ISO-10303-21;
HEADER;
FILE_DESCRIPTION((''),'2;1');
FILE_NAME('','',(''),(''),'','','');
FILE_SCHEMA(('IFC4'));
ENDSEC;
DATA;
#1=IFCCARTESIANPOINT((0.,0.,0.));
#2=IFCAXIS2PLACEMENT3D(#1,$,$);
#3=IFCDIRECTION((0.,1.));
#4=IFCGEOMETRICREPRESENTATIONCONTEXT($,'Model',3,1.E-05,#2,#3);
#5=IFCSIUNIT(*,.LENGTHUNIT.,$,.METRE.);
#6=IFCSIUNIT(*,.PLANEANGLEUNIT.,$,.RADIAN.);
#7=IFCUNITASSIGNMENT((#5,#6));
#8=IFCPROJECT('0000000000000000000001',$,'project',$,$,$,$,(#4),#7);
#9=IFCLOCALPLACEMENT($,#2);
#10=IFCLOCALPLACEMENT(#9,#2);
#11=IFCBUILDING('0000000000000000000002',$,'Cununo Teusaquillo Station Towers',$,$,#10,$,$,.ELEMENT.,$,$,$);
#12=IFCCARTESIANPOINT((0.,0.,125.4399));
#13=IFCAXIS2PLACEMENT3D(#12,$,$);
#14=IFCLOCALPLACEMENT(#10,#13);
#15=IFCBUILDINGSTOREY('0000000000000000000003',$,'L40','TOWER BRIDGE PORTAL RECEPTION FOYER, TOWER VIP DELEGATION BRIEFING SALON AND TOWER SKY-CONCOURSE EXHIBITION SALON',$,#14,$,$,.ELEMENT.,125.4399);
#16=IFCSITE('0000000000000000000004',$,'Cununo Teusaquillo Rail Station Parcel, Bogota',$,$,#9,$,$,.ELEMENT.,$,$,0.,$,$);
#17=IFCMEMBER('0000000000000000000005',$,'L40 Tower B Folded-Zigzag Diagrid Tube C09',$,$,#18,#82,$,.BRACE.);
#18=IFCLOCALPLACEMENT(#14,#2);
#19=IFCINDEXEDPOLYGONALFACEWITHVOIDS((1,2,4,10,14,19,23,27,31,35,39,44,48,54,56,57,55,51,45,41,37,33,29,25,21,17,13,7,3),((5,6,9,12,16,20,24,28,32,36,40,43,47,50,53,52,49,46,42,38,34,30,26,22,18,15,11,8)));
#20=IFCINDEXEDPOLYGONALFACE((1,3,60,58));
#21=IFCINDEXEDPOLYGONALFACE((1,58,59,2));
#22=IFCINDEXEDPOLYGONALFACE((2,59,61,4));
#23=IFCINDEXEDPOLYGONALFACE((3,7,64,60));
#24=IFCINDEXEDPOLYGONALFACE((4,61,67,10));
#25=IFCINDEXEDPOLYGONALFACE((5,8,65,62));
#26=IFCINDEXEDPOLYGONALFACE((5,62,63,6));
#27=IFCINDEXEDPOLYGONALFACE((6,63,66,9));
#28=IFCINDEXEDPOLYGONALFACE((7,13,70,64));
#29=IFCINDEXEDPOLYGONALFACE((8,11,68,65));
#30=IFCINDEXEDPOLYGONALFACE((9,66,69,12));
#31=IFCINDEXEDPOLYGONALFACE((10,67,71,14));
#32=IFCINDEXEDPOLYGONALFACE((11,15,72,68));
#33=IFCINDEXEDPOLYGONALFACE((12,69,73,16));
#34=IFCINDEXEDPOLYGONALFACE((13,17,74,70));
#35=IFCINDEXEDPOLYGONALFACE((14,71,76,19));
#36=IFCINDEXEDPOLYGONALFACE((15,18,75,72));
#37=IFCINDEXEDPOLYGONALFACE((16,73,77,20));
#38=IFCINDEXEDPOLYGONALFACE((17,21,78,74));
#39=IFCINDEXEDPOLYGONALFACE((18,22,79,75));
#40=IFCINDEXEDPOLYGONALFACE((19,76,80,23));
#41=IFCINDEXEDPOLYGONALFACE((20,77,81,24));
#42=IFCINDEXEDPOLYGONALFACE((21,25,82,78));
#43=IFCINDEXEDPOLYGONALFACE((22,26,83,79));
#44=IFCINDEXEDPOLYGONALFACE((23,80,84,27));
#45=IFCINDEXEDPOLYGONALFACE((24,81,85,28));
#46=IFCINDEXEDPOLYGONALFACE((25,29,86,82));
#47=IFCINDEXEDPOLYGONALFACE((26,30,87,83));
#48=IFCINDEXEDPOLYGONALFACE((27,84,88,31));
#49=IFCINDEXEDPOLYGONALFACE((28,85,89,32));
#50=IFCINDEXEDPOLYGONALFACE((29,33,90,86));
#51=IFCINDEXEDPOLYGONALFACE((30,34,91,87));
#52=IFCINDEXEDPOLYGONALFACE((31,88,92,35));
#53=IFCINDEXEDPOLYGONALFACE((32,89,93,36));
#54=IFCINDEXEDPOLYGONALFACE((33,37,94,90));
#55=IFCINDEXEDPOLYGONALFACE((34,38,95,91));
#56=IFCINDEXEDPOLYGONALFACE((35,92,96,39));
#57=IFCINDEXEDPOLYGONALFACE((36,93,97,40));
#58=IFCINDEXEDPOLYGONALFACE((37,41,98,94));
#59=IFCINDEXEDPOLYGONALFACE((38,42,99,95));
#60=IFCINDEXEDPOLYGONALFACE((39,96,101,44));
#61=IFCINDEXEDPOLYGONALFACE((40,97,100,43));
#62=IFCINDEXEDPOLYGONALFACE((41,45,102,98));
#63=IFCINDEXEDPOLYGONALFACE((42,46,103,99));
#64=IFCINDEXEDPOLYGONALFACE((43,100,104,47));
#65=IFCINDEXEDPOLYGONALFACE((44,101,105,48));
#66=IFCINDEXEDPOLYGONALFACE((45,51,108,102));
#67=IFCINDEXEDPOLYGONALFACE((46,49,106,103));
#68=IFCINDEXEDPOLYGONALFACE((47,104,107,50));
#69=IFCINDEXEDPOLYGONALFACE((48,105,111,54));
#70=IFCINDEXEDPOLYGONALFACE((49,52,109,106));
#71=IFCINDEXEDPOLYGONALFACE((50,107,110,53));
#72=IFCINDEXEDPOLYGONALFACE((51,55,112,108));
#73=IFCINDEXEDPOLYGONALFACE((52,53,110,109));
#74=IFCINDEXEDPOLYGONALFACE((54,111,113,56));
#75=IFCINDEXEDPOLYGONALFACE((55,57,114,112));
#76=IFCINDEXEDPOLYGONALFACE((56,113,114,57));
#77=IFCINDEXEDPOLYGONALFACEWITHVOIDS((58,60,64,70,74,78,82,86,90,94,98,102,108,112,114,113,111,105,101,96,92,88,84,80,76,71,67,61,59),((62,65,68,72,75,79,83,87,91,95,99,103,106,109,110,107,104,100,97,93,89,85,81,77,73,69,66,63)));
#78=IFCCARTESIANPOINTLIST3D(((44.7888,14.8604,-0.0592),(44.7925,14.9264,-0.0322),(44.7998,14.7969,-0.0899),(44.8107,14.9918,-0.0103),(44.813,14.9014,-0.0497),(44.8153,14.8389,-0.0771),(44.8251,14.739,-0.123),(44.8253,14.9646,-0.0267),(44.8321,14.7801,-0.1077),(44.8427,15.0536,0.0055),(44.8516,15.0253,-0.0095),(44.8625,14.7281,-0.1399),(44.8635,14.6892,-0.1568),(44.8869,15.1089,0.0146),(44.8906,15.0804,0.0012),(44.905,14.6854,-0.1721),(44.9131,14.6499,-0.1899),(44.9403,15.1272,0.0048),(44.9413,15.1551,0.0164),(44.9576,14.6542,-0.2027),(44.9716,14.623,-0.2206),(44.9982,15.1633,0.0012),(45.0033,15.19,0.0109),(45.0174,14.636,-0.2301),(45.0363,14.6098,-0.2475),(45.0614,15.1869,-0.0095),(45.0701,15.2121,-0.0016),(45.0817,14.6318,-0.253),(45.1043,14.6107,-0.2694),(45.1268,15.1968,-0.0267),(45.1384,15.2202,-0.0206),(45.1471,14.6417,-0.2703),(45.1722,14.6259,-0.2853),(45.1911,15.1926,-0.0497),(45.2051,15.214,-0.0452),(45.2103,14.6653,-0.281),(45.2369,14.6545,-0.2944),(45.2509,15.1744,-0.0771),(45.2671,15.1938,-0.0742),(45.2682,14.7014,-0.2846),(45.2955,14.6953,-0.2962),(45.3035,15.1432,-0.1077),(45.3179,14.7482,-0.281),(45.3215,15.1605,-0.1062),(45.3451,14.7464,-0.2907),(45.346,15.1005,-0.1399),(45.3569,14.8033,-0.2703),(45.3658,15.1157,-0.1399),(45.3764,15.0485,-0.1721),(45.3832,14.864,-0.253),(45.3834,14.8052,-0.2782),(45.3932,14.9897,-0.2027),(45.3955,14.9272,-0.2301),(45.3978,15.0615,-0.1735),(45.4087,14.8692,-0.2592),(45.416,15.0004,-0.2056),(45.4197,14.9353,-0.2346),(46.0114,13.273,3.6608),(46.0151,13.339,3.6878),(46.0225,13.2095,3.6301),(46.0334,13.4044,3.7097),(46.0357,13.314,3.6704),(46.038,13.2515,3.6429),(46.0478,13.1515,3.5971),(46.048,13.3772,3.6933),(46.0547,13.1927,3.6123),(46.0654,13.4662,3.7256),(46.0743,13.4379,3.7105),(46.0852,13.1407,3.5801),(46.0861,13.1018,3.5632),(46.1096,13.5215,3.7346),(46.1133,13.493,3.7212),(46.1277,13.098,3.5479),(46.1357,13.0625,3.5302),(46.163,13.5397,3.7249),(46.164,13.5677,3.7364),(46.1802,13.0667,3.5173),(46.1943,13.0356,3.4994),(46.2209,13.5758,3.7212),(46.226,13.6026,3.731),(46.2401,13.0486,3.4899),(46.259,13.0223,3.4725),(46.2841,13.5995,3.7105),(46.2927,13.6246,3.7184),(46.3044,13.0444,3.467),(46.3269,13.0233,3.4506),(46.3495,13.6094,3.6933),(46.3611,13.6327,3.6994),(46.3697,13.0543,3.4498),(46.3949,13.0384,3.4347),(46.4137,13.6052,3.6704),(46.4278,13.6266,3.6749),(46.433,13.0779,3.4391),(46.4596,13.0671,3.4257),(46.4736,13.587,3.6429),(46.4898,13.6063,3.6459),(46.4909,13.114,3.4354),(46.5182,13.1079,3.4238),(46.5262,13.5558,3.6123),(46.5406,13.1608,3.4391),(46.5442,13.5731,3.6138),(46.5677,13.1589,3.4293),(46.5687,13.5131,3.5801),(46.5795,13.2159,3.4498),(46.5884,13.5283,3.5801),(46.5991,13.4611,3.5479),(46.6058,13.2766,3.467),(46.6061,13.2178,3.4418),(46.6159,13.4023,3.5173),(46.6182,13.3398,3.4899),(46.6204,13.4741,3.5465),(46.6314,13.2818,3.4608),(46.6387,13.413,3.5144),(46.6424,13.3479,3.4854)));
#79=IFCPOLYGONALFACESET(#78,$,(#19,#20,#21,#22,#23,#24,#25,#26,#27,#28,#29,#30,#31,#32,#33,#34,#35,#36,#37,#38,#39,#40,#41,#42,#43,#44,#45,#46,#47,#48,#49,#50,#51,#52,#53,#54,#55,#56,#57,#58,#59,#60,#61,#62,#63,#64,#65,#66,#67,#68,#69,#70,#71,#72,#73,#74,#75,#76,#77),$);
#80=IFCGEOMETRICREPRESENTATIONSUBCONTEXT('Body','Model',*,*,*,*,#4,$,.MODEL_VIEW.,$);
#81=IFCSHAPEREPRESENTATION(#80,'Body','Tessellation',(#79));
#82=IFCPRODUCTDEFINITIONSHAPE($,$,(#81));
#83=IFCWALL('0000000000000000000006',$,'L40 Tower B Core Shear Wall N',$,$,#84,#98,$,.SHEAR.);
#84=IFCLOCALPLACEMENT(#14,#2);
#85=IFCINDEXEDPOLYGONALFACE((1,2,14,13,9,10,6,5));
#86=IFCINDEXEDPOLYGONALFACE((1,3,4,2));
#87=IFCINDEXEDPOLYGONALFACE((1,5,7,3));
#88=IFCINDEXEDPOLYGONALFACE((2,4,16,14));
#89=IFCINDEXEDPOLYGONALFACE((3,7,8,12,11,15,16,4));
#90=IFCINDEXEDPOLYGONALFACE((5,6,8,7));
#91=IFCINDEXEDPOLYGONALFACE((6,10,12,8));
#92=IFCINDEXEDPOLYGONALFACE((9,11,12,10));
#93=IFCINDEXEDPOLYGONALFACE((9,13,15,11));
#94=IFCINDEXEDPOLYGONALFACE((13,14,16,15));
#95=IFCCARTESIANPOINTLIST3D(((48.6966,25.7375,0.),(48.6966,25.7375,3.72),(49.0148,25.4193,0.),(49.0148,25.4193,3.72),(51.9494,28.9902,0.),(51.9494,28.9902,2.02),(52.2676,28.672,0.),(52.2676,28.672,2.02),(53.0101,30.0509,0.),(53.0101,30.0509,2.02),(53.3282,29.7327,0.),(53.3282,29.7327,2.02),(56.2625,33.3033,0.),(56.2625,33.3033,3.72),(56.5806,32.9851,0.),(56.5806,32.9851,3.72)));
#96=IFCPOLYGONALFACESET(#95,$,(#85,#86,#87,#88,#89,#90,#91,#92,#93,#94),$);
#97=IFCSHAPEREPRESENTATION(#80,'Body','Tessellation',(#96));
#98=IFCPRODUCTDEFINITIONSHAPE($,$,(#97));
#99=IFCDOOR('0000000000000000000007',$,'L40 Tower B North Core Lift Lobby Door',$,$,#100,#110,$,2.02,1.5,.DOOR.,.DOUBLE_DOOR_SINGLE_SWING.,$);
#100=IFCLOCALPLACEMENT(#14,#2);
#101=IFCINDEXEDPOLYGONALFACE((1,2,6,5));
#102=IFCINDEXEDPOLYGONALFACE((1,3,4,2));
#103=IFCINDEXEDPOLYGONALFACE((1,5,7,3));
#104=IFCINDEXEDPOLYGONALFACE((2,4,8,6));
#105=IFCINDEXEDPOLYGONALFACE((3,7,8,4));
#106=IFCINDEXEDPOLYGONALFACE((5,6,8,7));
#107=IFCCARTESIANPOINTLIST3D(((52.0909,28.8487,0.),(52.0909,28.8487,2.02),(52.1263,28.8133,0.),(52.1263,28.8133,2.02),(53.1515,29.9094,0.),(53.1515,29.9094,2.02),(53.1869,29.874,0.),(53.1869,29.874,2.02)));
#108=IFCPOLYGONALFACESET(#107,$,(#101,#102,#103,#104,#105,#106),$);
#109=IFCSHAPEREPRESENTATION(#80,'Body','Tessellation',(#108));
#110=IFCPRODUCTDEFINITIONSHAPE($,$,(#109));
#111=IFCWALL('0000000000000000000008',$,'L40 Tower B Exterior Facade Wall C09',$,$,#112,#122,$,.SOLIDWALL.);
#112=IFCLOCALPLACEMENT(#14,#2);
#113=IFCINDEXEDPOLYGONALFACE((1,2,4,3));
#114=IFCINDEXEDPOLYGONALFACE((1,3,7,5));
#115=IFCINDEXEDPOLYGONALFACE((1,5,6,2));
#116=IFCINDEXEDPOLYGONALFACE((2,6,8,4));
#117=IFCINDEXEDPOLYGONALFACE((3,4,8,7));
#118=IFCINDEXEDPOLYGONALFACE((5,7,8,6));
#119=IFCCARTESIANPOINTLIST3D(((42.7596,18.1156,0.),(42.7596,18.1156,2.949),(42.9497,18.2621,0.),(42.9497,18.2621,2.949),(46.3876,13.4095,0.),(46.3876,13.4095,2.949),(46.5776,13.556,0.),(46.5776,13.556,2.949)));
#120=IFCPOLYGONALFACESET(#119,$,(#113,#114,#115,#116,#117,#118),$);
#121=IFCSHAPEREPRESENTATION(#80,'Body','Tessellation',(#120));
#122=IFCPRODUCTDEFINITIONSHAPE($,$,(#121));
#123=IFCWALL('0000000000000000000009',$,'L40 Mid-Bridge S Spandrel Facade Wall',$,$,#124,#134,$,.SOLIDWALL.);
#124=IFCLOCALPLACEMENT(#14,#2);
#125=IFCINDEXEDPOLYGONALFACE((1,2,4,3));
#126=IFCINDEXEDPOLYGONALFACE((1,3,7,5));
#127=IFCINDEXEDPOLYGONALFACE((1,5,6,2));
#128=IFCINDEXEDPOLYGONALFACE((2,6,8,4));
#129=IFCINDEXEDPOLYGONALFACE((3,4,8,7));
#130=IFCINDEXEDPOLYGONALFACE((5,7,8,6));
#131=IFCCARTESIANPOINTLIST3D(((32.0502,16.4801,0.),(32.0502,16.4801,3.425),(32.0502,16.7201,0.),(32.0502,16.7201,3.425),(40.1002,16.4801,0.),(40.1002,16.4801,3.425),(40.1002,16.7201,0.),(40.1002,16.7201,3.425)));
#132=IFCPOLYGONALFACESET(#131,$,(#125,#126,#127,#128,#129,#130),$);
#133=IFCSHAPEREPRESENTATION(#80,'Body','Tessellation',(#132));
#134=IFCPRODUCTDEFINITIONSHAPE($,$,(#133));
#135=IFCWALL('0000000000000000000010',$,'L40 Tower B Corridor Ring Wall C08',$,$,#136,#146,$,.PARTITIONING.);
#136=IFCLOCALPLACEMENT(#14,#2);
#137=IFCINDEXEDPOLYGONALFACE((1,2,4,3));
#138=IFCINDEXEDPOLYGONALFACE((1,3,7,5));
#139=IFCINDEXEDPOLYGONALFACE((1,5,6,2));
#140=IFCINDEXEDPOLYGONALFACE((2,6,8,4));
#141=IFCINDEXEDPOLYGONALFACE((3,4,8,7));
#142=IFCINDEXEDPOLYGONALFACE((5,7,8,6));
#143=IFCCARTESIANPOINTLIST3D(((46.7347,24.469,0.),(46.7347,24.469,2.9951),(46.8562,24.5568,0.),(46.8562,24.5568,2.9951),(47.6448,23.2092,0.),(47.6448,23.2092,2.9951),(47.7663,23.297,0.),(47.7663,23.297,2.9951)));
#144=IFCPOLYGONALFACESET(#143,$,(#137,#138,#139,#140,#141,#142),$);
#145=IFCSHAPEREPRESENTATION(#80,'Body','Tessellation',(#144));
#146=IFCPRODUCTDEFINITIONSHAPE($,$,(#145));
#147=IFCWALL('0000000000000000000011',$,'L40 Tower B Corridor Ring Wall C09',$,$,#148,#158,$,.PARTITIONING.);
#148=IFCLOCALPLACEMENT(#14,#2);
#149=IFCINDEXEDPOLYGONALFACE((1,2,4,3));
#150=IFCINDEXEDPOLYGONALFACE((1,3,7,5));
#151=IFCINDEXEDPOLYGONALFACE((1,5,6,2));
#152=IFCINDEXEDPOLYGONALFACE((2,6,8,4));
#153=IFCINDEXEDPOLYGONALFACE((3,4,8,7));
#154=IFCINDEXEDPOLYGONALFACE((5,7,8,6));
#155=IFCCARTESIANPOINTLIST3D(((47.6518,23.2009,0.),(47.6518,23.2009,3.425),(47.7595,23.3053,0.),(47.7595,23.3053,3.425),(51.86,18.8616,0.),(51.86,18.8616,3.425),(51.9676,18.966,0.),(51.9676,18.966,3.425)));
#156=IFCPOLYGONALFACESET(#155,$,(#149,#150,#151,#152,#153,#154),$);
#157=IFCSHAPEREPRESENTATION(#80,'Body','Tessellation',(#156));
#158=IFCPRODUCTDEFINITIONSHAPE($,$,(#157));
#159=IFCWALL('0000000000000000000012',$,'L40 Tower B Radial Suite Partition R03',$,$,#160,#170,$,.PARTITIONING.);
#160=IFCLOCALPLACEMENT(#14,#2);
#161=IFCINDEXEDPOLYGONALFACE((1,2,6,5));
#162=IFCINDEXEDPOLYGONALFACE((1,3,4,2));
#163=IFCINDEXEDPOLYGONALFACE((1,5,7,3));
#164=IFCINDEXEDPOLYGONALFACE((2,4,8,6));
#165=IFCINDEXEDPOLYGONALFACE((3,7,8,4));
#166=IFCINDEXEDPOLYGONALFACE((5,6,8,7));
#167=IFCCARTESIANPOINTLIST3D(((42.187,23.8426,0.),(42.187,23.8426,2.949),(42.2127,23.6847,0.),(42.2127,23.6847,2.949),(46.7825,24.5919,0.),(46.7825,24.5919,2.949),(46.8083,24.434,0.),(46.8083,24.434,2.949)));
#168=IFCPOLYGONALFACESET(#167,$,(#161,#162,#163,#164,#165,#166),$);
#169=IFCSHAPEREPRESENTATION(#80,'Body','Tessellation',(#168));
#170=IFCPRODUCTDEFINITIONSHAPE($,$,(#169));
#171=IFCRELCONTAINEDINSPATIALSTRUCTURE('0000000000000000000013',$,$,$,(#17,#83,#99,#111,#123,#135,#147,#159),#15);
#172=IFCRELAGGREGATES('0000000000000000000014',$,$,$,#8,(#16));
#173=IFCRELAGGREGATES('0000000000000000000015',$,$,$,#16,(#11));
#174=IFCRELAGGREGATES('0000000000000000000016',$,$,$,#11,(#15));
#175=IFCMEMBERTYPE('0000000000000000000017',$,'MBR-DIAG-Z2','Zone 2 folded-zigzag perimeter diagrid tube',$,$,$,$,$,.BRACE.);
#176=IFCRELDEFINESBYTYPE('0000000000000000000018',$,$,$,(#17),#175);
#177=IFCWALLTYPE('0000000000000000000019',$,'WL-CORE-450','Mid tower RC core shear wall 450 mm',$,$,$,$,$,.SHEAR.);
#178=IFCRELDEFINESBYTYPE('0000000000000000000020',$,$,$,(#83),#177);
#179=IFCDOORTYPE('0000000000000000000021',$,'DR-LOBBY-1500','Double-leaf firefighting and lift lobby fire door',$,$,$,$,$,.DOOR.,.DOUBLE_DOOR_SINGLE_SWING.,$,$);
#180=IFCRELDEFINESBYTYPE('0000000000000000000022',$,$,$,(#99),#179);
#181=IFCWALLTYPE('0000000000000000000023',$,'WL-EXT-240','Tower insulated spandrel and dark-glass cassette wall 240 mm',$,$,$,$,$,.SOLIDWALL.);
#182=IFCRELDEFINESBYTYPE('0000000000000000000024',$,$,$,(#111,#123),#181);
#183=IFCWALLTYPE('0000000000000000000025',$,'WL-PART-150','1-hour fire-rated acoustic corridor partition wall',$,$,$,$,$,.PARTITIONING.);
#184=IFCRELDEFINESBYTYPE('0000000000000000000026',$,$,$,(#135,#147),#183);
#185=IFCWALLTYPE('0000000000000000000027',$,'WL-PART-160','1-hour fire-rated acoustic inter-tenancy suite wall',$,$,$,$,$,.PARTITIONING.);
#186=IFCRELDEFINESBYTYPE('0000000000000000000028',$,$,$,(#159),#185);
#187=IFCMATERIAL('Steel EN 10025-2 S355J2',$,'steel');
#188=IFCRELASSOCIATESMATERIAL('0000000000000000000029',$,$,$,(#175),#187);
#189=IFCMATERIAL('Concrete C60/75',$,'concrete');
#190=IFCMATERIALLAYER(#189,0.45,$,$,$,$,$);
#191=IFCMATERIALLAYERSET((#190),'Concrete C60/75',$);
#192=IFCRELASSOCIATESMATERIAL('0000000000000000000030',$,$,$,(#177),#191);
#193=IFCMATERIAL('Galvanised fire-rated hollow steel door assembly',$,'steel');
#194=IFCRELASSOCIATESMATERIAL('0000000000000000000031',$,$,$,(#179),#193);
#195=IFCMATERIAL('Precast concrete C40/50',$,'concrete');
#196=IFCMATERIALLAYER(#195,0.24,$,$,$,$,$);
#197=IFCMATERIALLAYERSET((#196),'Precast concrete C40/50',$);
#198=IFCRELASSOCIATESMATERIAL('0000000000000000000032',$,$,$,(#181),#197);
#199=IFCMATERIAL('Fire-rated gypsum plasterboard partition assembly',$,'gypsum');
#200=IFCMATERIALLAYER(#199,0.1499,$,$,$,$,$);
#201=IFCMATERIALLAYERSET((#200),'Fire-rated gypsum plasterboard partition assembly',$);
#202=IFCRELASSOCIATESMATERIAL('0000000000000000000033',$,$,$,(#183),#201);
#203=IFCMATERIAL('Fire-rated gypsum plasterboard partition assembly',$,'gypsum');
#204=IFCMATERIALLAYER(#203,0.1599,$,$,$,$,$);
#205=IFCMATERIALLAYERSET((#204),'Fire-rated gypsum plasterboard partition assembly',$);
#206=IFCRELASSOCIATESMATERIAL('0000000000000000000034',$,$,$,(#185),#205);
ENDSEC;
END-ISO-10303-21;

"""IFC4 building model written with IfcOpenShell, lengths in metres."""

from ifc_helpers import new_model, si_unit, direction, frame, frame_2d, origin, origin_2d, place, context, subcontext, project, spatial, rectangle, hollow_circle, extrude, source, transform, mapped, material, layer, layer_set, material_profile, profile_set, type_object, element, fill, save


model = new_model("IFC4")

# Units and contexts
model_context = context("Model", 3, precision=1e-05, world=origin(), true_north=direction((0.0, 1.0)))
body_context = subcontext(model_context, "Body", "Model", "MODEL_VIEW")
ifc_project = project(units=[si_unit("LENGTHUNIT", "METRE"), si_unit("PLANEANGLEUNIT", "RADIAN")], contexts=[model_context])

# Site, building, storey
site_placement = place(None, origin())
site = spatial("IfcSite", under=ifc_project, at=site_placement, Name="Cununo Teusaquillo Rail Station Parcel, Bogota", CompositionType="ELEMENT", RefElevation=0.0)
building_placement = place(site_placement, origin())
building = spatial("IfcBuilding", under=site, at=building_placement, Name="Cununo Teusaquillo Station Towers", CompositionType="ELEMENT")
storey_placement = place(building_placement, frame((0.0, 0.0, 125.4399)))
storey = spatial("IfcBuildingStorey", under=building, at=storey_placement, Name="L40", Description="TOWER BRIDGE PORTAL RECEPTION FOYER, TOWER VIP DELEGATION BRIEFING SALON AND TOWER SKY-CONCOURSE EXHIBITION SALON", CompositionType="ELEMENT", Elevation=125.4399)

# Member
ifc_material_1 = material(Name="Steel EN 10025-2 S355J2", Category="steel")
ifc_material_profile_1 = material_profile(ifc_material_1, hollow_circle(Radius=0.3301, WallThickness=0.0249, at=origin_2d()), Name="CHS 660x25")
ifc_profile_set_1 = profile_set([ifc_material_profile_1], Name="Steel EN 10025-2 S355J2")
member_type = type_object("IfcMemberType", Name="MBR-DIAG-Z2", Description="Zone 2 folded-zigzag perimeter diagrid tube", PredefinedType="BRACE", material=ifc_profile_set_1)
member_placement = place(storey_placement, frame((45.1042, 14.9143, -0.1399), z_axis=(0.289368, -0.375692, 0.88041), x_axis=(0.792243, 0.610205, 0.0)))
element("IfcMember", 1, at=member_placement, inside=storey, type_object=member_type, Name="L40 Tower B Folded-Zigzag Diagrid Tube C09", PredefinedType="BRACE", context=body_context, shape_type="SweptSolid", body=[
    extrude(hollow_circle(Radius=0.3301, WallThickness=0.0249, at=origin_2d()), origin(), (0.0, 0.0, 1.0), 4.2253),
])

# Wall, opening, door
ifc_material_2 = material(Name="Concrete C60/75", Category="concrete")
ifc_layer_1 = layer(ifc_material_2, 0.45)
ifc_layer_set_1 = layer_set([ifc_layer_1], Name="Concrete C60/75")
wall_type_1 = type_object("IfcWallType", Name="WL-CORE-450", Description="Mid tower RC core shear wall 450 mm", PredefinedType="SHEAR", material=ifc_layer_set_1)
wall_1_placement = place(storey_placement, frame((48.8557, 25.5784, 0.0), z_axis=(0.0, 0.0, 1.0), x_axis=(0.707107, 0.707107, 0.0)))
wall_1 = element("IfcWall", 2, at=wall_1_placement, inside=storey, type_object=wall_type_1, Name="L40 Tower B Core Shear Wall N", PredefinedType="SHEAR", context=body_context, shape_type="SweptSolid", body=[
    extrude(rectangle(XDim=10.6997, YDim=0.45, at=frame_2d((5.3499, 0.0))), origin(), (0.0, 0.0, 1.0), 3.72),
])
shared_shape_1 = source(origin(), body_context, "Body", "SweptSolid", [
    extrude(rectangle(XDim=1.5, YDim=2.02, at=frame_2d((0.75, 1.01))), frame((0.0, 0.2349, 0.0), z_axis=(0.0, -1.0, 0.0), x_axis=(1.0, 0.0, 0.0)), (0.0, 0.0, 1.0), 0.47),
])
opening_1_placement = place(wall_1_placement, frame((4.6001, 0.0, 0.0)))
opening_1 = element("IfcOpeningElement", 3, at=opening_1_placement, cuts=wall_1, PredefinedType="OPENING", context=body_context, shape_type="MappedRepresentation", body=[
    mapped(shared_shape_1, transform((0.0, 0.0, 0.0), x_axis=(1.0, 0.0, 0.0), y_axis=(0.0, 1.0, 0.0), z_axis=(0.0, 0.0, 1.0), scale=1.0)),
])
ifc_material_3 = material(Name="Galvanised fire-rated hollow steel door assembly", Category="steel")
door_type_1 = type_object("IfcDoorType", Name="DR-LOBBY-1500", Description="Double-leaf firefighting and lift lobby fire door", OperationType="DOUBLE_DOOR_SINGLE_SWING", PredefinedType="DOOR", material=ifc_material_3)
shared_shape_2 = source(origin(), body_context, "Body", "SweptSolid", [
    extrude(rectangle(XDim=1.5, YDim=2.02, at=frame_2d((0.75, 1.01))), frame((0.0, 0.0249, 0.0), z_axis=(0.0, -1.0, 0.0), x_axis=(1.0, 0.0, 0.0)), (0.0, 0.0, 1.0), 0.05),
])
door_1_placement = place(opening_1_placement, origin())
door_1 = element("IfcDoor", 4, at=door_1_placement, inside=storey, type_object=door_type_1, Name="L40 Tower B North Core Lift Lobby Door", OperationType="DOUBLE_DOOR_SINGLE_SWING", OverallHeight=2.02, OverallWidth=1.5, PredefinedType="DOOR", context=body_context, shape_type="MappedRepresentation", body=[
    mapped(shared_shape_2, transform((0.0, 0.0, 0.0), x_axis=(1.0, 0.0, 0.0), y_axis=(0.0, 1.0, 0.0), z_axis=(0.0, 0.0, 1.0), scale=1.0)),
])
fill(opening_1, door_1)

# Walls
ifc_material_4 = material(Name="Precast concrete C40/50", Category="concrete")
ifc_layer_2 = layer(ifc_material_4, 0.24)
ifc_layer_set_2 = layer_set([ifc_layer_2], Name="Precast concrete C40/50")
wall_type_2 = type_object("IfcWallType", Name="WL-EXT-240", Description="Tower insulated spandrel and dark-glass cassette wall 240 mm", PredefinedType="SOLIDWALL", material=ifc_layer_set_2)
wall_2_placement = place(storey_placement, frame((46.4827, 13.4827, 0.0), z_axis=(0.0, 0.0, 1.0), x_axis=(-0.610544, 0.791982, 0.0)))
element("IfcWall", 5, at=wall_2_placement, inside=storey, type_object=wall_type_2, Name="L40 Tower B Exterior Facade Wall C09", PredefinedType="SOLIDWALL", context=body_context, shape_type="SweptSolid", body=[
    extrude(rectangle(XDim=5.9421, YDim=0.24, at=frame_2d((2.9712, 0.0))), origin(), (0.0, 0.0, 1.0), 2.949),
])
wall_3_placement = place(storey_placement, frame((40.1001, 16.6001, 0.0), z_axis=(0.0, 0.0, 1.0), x_axis=(-1.0, 0.0, 0.0)))
element("IfcWall", 6, at=wall_3_placement, inside=storey, type_object=wall_type_2, Name="L40 Mid-Bridge S Spandrel Facade Wall", PredefinedType="SOLIDWALL", context=body_context, shape_type="SweptSolid", body=[
    extrude(rectangle(XDim=8.05, YDim=0.24, at=frame_2d((4.0249, 0.0))), origin(), (0.0, 0.0, 1.0), 3.425),
])
ifc_material_5 = material(Name="Fire-rated gypsum plasterboard partition assembly", Category="gypsum")
ifc_layer_3 = layer(ifc_material_5, 0.1499)
ifc_layer_set_3 = layer_set([ifc_layer_3], Name="Fire-rated gypsum plasterboard partition assembly")
wall_type_3 = type_object("IfcWallType", Name="WL-PART-150", Description="1-hour fire-rated acoustic corridor partition wall", PredefinedType="PARTITIONING", material=ifc_layer_set_3)
wall_4_placement = place(storey_placement, frame((46.7954, 24.5129, 0.0), z_axis=(0.0, 0.0, 1.0), x_axis=(0.585628, -0.81058, 0.0)))
element("IfcWall", 7, at=wall_4_placement, inside=storey, type_object=wall_type_3, Name="L40 Tower B Corridor Ring Wall C08", PredefinedType="PARTITIONING", context=body_context, shape_type="SweptSolid", body=[
    extrude(rectangle(XDim=1.5542, YDim=0.1499, at=frame_2d((0.7771, 0.0))), origin(), (0.0, 0.0, 1.0), 2.9951),
])
wall_5_placement = place(storey_placement, frame((47.7056, 23.2532, 0.0), z_axis=(0.0, 0.0, 1.0), x_axis=(0.696179, -0.717868, 0.0)))
element("IfcWall", 8, at=wall_5_placement, inside=storey, type_object=wall_type_3, Name="L40 Tower B Corridor Ring Wall C09", PredefinedType="PARTITIONING", context=body_context, shape_type="SweptSolid", body=[
    extrude(rectangle(XDim=6.0447, YDim=0.1499, at=frame_2d((3.0225, 0.0))), origin(), (0.0, 0.0, 1.0), 3.425),
])
ifc_material_6 = material(Name="Fire-rated gypsum plasterboard partition assembly", Category="gypsum")
ifc_layer_4 = layer(ifc_material_6, 0.1599)
ifc_layer_set_4 = layer_set([ifc_layer_4], Name="Fire-rated gypsum plasterboard partition assembly")
wall_type_4 = type_object("IfcWallType", Name="WL-PART-160", Description="1-hour fire-rated acoustic inter-tenancy suite wall", PredefinedType="PARTITIONING", material=ifc_layer_set_4)
wall_6_placement = place(storey_placement, frame((46.7954, 24.5129, 0.0), z_axis=(0.0, 0.0, 1.0), x_axis=(-0.986967, -0.16092, 0.0)))
element("IfcWall", 9, at=wall_6_placement, inside=storey, type_object=wall_type_4, Name="L40 Tower B Radial Suite Partition R03", PredefinedType="PARTITIONING", context=body_context, shape_type="SweptSolid", body=[
    extrude(rectangle(XDim=4.6562, YDim=0.1599, at=frame_2d((2.3281, 0.0))), origin(), (0.0, 0.0, 1.0), 2.949),
])

save(model, "model.ifc")
